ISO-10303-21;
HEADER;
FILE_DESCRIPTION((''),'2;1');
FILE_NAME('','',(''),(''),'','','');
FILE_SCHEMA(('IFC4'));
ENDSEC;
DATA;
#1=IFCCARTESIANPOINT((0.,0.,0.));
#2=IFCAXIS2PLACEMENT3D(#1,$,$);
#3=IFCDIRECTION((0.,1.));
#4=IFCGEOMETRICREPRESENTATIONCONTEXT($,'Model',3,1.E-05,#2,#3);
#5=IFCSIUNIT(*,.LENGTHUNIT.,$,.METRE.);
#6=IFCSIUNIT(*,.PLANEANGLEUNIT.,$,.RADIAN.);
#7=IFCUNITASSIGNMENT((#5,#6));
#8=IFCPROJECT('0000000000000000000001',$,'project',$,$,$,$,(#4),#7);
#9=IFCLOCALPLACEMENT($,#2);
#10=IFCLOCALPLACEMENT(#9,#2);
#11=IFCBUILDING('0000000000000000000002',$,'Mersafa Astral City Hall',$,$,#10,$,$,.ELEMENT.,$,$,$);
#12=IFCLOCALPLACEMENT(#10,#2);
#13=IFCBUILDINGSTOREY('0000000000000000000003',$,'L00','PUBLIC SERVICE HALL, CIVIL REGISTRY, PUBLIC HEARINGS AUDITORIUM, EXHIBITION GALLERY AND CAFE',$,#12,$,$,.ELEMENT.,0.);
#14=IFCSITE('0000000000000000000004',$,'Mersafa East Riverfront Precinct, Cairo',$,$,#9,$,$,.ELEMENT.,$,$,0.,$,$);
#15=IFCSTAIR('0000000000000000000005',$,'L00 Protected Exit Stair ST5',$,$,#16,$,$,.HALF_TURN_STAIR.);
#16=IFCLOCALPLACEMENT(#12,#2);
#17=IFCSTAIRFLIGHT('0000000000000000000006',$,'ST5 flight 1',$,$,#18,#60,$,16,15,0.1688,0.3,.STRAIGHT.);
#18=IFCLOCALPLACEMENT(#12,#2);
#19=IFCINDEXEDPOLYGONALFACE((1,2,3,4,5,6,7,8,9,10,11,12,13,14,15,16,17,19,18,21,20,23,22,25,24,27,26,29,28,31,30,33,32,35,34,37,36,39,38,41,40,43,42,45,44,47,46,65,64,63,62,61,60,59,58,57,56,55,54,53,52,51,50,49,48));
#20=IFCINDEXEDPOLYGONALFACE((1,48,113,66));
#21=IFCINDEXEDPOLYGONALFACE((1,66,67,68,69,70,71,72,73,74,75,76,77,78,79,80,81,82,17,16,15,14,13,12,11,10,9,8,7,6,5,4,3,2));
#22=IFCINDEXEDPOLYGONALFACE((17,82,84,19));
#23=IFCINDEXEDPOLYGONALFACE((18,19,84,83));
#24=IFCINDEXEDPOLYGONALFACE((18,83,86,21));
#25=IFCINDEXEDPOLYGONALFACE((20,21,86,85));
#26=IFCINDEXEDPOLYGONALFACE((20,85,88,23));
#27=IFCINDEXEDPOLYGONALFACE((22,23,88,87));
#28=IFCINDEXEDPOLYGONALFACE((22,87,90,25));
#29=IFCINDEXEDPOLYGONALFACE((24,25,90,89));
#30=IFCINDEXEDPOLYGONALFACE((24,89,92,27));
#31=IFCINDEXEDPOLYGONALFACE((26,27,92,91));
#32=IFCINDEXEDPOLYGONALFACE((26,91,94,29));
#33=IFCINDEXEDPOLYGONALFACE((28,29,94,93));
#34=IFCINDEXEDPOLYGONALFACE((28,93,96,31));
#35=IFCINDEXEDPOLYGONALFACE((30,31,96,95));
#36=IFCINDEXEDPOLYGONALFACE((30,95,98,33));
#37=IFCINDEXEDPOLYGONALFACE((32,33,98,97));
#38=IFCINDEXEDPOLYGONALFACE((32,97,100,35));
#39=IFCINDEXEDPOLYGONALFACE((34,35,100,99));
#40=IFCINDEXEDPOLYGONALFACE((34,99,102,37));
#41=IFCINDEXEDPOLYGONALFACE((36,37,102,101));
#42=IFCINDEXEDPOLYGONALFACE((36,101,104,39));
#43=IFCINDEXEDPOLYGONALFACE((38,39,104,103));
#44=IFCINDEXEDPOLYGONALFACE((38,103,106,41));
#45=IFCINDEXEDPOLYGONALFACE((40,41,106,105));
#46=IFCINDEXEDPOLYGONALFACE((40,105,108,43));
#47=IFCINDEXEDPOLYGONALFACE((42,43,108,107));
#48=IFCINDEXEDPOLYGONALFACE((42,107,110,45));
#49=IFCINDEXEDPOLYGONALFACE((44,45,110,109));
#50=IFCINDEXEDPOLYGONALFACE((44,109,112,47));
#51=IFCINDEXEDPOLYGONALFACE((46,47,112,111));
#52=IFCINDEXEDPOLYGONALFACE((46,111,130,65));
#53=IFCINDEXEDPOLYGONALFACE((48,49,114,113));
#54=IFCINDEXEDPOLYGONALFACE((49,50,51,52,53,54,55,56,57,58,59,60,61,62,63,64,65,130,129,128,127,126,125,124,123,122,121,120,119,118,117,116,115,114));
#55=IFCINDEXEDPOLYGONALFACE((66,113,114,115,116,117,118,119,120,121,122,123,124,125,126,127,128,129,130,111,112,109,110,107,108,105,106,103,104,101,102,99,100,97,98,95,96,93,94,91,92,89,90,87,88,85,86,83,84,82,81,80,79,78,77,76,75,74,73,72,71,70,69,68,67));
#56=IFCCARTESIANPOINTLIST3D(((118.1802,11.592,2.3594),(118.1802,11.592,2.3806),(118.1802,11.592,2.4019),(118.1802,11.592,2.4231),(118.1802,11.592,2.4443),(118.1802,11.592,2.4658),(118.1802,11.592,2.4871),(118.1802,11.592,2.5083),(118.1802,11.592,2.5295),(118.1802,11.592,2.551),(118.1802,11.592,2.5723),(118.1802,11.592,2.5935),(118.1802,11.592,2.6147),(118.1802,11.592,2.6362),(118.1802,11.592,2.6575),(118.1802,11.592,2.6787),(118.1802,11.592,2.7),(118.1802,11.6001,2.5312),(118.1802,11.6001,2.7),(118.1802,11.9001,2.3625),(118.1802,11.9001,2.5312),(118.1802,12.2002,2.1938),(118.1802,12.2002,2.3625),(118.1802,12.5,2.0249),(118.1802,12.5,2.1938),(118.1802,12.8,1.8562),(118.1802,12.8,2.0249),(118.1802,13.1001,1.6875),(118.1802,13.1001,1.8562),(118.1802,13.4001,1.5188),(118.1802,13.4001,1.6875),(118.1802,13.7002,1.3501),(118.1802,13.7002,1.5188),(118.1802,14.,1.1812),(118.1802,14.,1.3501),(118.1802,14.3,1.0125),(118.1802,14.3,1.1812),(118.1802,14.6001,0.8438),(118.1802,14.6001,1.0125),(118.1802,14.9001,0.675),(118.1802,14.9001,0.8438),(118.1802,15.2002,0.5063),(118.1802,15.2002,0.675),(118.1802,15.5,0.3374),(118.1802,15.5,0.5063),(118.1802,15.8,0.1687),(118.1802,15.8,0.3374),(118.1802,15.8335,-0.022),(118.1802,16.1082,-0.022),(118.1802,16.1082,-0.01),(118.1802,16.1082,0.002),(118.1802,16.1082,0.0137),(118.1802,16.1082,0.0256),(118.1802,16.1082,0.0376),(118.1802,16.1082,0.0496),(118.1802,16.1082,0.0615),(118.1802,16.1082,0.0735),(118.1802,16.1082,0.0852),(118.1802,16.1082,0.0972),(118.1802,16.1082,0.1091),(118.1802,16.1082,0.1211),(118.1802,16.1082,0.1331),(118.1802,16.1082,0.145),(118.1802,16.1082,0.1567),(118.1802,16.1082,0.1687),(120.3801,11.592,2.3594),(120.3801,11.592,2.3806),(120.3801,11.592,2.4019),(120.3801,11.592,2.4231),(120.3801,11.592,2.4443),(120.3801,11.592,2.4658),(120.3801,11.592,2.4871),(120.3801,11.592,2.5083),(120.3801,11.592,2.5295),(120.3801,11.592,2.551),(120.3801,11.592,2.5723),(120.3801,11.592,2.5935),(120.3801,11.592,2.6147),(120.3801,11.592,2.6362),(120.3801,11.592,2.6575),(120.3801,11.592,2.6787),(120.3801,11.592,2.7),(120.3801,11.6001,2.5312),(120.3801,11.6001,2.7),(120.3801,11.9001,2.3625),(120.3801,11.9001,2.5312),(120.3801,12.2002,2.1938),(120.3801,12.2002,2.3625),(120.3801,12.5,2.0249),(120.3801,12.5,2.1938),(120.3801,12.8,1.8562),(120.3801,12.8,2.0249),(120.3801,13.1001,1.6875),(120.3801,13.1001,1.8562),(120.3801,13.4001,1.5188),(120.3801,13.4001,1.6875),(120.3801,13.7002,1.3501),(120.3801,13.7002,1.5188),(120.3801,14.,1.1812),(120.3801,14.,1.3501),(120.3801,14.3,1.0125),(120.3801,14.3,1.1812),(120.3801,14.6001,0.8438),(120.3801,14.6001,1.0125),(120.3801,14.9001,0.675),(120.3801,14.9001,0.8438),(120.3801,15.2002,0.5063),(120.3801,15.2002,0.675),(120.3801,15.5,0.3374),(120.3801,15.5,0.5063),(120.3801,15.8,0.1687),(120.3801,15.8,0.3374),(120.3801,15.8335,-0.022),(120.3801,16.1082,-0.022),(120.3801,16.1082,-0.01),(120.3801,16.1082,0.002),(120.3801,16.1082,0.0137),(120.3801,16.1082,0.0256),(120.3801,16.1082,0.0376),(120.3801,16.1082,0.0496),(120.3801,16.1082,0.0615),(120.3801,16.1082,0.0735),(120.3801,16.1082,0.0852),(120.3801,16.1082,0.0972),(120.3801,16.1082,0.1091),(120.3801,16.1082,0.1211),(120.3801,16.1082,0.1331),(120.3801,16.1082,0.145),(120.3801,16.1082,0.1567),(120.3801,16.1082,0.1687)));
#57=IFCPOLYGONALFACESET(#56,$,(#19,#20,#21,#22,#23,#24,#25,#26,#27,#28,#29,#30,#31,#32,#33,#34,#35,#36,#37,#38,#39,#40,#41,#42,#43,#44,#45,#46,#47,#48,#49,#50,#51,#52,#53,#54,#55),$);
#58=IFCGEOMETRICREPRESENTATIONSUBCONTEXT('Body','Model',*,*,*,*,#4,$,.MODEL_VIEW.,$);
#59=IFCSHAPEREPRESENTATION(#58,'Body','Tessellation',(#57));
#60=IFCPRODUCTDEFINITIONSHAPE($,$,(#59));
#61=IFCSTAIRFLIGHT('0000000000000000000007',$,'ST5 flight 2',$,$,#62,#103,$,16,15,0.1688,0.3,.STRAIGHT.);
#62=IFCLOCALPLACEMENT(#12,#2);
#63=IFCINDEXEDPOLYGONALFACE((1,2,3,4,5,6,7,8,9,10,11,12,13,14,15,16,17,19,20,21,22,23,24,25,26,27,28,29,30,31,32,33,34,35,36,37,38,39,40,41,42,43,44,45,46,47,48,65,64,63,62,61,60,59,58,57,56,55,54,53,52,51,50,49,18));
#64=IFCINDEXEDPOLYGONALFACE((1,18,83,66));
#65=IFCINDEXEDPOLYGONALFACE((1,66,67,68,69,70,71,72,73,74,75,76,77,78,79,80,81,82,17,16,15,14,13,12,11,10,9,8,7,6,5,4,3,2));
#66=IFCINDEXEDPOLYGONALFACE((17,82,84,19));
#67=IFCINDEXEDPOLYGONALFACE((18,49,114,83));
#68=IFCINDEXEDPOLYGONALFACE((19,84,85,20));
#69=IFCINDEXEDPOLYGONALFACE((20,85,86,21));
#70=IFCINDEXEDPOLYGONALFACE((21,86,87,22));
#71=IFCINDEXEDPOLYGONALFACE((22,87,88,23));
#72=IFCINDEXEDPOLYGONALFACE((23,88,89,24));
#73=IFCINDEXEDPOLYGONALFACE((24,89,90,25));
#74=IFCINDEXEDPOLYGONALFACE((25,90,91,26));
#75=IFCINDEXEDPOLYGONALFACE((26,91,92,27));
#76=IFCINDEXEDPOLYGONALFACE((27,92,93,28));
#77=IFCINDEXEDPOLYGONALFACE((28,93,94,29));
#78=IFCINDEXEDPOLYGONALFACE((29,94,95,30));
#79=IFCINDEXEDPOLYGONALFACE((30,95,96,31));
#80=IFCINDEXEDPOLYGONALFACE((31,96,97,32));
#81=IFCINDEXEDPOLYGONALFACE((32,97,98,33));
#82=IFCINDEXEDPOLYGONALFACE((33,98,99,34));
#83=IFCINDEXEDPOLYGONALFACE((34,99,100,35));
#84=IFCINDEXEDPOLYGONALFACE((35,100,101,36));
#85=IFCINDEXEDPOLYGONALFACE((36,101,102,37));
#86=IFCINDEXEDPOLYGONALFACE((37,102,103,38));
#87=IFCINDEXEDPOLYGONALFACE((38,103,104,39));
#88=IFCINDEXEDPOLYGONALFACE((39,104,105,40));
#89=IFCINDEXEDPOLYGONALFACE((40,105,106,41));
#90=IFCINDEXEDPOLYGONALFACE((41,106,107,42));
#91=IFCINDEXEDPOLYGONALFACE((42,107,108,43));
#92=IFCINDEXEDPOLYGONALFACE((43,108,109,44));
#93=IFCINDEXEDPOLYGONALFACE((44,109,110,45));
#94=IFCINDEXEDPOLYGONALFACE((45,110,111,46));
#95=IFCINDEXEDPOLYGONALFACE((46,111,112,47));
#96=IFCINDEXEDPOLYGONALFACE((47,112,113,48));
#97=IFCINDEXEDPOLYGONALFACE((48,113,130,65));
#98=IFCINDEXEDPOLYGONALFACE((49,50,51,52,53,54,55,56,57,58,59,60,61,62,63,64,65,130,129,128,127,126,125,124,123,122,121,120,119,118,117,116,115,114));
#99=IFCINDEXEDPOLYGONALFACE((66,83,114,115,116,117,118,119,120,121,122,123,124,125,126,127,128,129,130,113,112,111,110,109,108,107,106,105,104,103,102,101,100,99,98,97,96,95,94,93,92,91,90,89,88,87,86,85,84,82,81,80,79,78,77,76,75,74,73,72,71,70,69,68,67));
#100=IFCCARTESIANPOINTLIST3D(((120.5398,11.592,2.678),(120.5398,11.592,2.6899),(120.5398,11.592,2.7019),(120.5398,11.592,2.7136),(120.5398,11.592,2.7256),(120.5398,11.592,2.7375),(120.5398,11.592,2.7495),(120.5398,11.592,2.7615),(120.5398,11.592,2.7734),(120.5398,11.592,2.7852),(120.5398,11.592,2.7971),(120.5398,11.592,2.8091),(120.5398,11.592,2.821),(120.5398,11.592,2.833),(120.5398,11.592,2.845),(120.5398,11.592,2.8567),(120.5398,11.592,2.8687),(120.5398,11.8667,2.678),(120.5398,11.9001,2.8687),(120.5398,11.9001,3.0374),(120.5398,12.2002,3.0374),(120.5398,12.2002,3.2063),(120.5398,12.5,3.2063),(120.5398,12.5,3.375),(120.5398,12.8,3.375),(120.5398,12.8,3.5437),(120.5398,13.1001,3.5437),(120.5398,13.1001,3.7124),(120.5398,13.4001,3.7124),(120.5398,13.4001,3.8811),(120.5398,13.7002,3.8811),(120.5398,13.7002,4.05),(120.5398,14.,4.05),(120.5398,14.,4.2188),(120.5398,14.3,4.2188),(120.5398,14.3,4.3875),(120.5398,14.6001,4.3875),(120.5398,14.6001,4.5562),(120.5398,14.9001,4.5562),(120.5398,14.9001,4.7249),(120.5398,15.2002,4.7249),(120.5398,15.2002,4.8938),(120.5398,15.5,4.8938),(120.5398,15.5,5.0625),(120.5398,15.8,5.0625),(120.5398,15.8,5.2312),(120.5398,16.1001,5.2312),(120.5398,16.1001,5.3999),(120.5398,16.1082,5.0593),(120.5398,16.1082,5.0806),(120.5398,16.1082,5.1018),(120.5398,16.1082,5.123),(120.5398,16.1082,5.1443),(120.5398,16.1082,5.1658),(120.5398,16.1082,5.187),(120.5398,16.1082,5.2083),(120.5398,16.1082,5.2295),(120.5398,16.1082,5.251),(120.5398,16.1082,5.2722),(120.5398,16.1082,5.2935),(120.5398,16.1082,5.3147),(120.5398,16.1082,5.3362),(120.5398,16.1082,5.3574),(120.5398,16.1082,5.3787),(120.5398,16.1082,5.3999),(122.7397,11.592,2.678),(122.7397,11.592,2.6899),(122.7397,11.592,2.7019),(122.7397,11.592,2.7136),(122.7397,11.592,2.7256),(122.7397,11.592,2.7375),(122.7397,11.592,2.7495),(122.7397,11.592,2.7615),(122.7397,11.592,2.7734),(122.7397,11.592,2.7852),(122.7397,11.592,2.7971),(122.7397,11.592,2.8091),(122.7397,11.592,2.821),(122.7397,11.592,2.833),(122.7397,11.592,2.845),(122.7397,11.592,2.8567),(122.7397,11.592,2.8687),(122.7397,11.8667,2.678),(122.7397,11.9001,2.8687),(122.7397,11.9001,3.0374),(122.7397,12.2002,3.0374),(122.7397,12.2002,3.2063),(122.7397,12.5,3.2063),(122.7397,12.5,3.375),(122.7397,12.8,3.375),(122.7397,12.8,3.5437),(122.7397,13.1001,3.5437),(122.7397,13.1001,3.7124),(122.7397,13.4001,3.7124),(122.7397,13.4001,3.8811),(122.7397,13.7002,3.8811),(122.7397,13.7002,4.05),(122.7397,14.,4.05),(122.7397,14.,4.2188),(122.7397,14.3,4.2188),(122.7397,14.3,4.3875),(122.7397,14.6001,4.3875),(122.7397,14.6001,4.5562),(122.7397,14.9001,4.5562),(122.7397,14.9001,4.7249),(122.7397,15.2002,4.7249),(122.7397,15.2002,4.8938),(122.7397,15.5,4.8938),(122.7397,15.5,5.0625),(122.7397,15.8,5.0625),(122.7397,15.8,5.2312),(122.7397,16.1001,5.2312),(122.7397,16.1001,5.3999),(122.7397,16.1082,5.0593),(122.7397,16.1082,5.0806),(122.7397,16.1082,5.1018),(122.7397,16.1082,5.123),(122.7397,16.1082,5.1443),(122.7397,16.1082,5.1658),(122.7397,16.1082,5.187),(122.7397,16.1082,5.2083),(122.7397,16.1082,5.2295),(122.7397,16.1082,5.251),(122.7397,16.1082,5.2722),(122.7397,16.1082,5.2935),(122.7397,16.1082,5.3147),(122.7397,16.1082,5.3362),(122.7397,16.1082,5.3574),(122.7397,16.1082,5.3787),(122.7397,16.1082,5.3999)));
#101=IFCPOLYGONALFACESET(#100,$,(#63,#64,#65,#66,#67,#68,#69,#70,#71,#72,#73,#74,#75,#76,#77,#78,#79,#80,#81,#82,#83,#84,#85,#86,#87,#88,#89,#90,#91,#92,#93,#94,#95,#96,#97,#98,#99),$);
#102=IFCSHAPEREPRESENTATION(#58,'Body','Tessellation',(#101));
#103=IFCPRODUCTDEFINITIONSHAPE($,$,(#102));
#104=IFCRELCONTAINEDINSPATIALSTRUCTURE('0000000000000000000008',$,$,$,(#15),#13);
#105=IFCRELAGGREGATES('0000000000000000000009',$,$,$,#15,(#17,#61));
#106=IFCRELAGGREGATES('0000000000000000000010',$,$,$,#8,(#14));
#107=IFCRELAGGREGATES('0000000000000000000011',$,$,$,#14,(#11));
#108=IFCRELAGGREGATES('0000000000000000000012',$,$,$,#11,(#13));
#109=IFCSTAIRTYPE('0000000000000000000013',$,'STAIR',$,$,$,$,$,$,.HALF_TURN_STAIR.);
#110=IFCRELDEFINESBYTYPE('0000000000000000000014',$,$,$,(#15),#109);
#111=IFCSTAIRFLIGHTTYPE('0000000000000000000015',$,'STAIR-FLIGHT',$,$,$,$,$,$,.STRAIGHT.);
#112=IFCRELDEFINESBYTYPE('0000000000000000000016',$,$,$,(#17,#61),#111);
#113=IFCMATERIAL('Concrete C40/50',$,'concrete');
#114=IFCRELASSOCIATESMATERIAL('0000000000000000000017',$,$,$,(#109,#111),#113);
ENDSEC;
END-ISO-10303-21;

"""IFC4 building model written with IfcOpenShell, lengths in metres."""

from ifc_helpers import new_model, si_unit, direction, frame, origin, place, context, subcontext, project, spatial, polyline, outline, extrude, material, type_object, element, aggregate, save


model = new_model("IFC4")

# Units and contexts
model_context = context("Model", 3, precision=1e-05, world=origin(), true_north=direction((0.0, 1.0)))
body_context = subcontext(model_context, "Body", "Model", "MODEL_VIEW")
ifc_project = project(units=[si_unit("LENGTHUNIT", "METRE"), si_unit("PLANEANGLEUNIT", "RADIAN")], contexts=[model_context])

# Site, building, storey
site_placement = place(None, origin())
site = spatial("IfcSite", under=ifc_project, at=site_placement, Name="Mersafa East Riverfront Precinct, Cairo", CompositionType="ELEMENT", RefElevation=0.0)
building_placement = place(site_placement, origin())
building = spatial("IfcBuilding", under=site, at=building_placement, Name="Mersafa Astral City Hall", CompositionType="ELEMENT")
storey_placement = place(building_placement, origin())
storey = spatial("IfcBuildingStorey", under=building, at=storey_placement, Name="L00", Description="PUBLIC SERVICE HALL, CIVIL REGISTRY, PUBLIC HEARINGS AUDITORIUM, EXHIBITION GALLERY AND CAFE", CompositionType="ELEMENT", Elevation=0.0)

# Shared definitions
ifc_material_1 = material(Name="Concrete C40/50", Category="concrete")

# Stair, stair flights
stair_type = type_object("IfcStairType", Name="STAIR", PredefinedType="HALF_TURN_STAIR", material=ifc_material_1)
stair_placement = place(storey_placement, origin())
stair = element("IfcStair", 1, at=stair_placement, inside=storey, type_object=stair_type, Name="L00 Protected Exit Stair ST5", PredefinedType="HALF_TURN_STAIR")
stair_flight_type = type_object("IfcStairFlightType", Name="STAIR-FLIGHT", PredefinedType="STRAIGHT", material=ifc_material_1)
stair_flight_1_placement = place(storey_placement, frame((119.28, 16.1001, 0.0), z_axis=(0.0, 0.0, 1.0), x_axis=(0.0, -1.0, 0.0)))
stair_flight_1 = element("IfcStairFlight", 2, at=stair_flight_1_placement, type_object=stair_flight_type, Name="ST5 flight 1", NumberOfRisers=16, NumberOfTreads=15, PredefinedType="STRAIGHT", RiserHeight=0.1688, TreadLength=0.3, context=body_context, shape_type="SweptSolid", body=[
    extrude(outline(polyline([(-0.0081, -0.022), (-0.0081, -0.01), (-0.0081, 0.002), (-0.0081, 0.0137), (-0.0081, 0.0256), (-0.0081, 0.0376), (-0.0081, 0.0496), (-0.0081, 0.0615), (-0.0081, 0.0735), (-0.0081, 0.0852), (-0.0081, 0.0972), (-0.0081, 0.1091), (-0.0081, 0.1211), (-0.0081, 0.1331), (-0.0081, 0.145), (-0.0081, 0.1567), (-0.0081, 0.1687), (0.3, 0.1687), (0.3, 0.3374), (0.6001, 0.3374), (0.6001, 0.5063), (0.8999, 0.5063), (0.8999, 0.675), (1.2, 0.675), (1.2, 0.8438), (1.5, 0.8438), (1.5, 1.0125), (1.8, 1.0125), (1.8, 1.1812), (2.1001, 1.1812), (2.1001, 1.3501), (2.3999, 1.3501), (2.3999, 1.5188), (2.7, 1.5188), (2.7, 1.6875), (3.0, 1.6875), (3.0, 1.8562), (3.3, 1.8562), (3.3, 2.0249), (3.6001, 2.0249), (3.6001, 2.1938), (3.8999, 2.1938), (3.8999, 2.3625), (4.2, 2.3625), (4.2, 2.5312), (4.5, 2.5312), (4.5, 2.7), (4.5081, 2.7), (4.5081, 2.6787), (4.5081, 2.6575), (4.5081, 2.6362), (4.5081, 2.6147), (4.5081, 2.5935), (4.5081, 2.5723), (4.5081, 2.551), (4.5081, 2.5295), (4.5081, 2.5083), (4.5081, 2.4871), (4.5081, 2.4658), (4.5081, 2.4443), (4.5081, 2.4231), (4.5081, 2.4019), (4.5081, 2.3806), (4.5081, 2.3594), (0.2666, -0.022), (-0.0081, -0.022)])), frame((0.0, 1.1001, 0.0), z_axis=(0.0, -1.0, 0.0), x_axis=(1.0, 0.0, 0.0)), (0.0, 0.0, 1.0), 2.2),
])
stair_flight_2_placement = place(storey_placement, frame((121.6399, 11.6001, 2.7), z_axis=(0.0, 0.0, 1.0), x_axis=(0.0, 1.0, 0.0)))
stair_flight_2 = element("IfcStairFlight", 3, at=stair_flight_2_placement, type_object=stair_flight_type, Name="ST5 flight 2", NumberOfRisers=16, NumberOfTreads=15, PredefinedType="STRAIGHT", RiserHeight=0.1688, TreadLength=0.3, context=body_context, shape_type="SweptSolid", body=[
    extrude(outline(polyline([(-0.0081, -0.022), (-0.0081, -0.01), (-0.0081, 0.002), (-0.0081, 0.0137), (-0.0081, 0.0256), (-0.0081, 0.0376), (-0.0081, 0.0496), (-0.0081, 0.0615), (-0.0081, 0.0735), (-0.0081, 0.0852), (-0.0081, 0.0972), (-0.0081, 0.1091), (-0.0081, 0.1211), (-0.0081, 0.1331), (-0.0081, 0.145), (-0.0081, 0.1567), (-0.0081, 0.1687), (0.3, 0.1687), (0.3, 0.3374), (0.6001, 0.3374), (0.6001, 0.5063), (0.8999, 0.5063), (0.8999, 0.675), (1.2, 0.675), (1.2, 0.8438), (1.5, 0.8438), (1.5, 1.0125), (1.8, 1.0125), (1.8, 1.1812), (2.1001, 1.1812), (2.1001, 1.3501), (2.3999, 1.3501), (2.3999, 1.5188), (2.7, 1.5188), (2.7, 1.6875), (3.0, 1.6875), (3.0, 1.8562), (3.3, 1.8562), (3.3, 2.0249), (3.6001, 2.0249), (3.6001, 2.1938), (3.8999, 2.1938), (3.8999, 2.3625), (4.2, 2.3625), (4.2, 2.5312), (4.5, 2.5312), (4.5, 2.7), (4.5081, 2.7), (4.5081, 2.6787), (4.5081, 2.6575), (4.5081, 2.6362), (4.5081, 2.6147), (4.5081, 2.5935), (4.5081, 2.5723), (4.5081, 2.551), (4.5081, 2.5295), (4.5081, 2.5083), (4.5081, 2.4871), (4.5081, 2.4658), (4.5081, 2.4443), (4.5081, 2.4231), (4.5081, 2.4019), (4.5081, 2.3806), (4.5081, 2.3594), (0.2666, -0.022), (-0.0081, -0.022)])), frame((0.0, 1.1001, 0.0), z_axis=(0.0, -1.0, 0.0), x_axis=(1.0, 0.0, 0.0)), (0.0, 0.0, 1.0), 2.2),
])
aggregate(stair, [stair_flight_1, stair_flight_2])

save(model, "model.ifc")
